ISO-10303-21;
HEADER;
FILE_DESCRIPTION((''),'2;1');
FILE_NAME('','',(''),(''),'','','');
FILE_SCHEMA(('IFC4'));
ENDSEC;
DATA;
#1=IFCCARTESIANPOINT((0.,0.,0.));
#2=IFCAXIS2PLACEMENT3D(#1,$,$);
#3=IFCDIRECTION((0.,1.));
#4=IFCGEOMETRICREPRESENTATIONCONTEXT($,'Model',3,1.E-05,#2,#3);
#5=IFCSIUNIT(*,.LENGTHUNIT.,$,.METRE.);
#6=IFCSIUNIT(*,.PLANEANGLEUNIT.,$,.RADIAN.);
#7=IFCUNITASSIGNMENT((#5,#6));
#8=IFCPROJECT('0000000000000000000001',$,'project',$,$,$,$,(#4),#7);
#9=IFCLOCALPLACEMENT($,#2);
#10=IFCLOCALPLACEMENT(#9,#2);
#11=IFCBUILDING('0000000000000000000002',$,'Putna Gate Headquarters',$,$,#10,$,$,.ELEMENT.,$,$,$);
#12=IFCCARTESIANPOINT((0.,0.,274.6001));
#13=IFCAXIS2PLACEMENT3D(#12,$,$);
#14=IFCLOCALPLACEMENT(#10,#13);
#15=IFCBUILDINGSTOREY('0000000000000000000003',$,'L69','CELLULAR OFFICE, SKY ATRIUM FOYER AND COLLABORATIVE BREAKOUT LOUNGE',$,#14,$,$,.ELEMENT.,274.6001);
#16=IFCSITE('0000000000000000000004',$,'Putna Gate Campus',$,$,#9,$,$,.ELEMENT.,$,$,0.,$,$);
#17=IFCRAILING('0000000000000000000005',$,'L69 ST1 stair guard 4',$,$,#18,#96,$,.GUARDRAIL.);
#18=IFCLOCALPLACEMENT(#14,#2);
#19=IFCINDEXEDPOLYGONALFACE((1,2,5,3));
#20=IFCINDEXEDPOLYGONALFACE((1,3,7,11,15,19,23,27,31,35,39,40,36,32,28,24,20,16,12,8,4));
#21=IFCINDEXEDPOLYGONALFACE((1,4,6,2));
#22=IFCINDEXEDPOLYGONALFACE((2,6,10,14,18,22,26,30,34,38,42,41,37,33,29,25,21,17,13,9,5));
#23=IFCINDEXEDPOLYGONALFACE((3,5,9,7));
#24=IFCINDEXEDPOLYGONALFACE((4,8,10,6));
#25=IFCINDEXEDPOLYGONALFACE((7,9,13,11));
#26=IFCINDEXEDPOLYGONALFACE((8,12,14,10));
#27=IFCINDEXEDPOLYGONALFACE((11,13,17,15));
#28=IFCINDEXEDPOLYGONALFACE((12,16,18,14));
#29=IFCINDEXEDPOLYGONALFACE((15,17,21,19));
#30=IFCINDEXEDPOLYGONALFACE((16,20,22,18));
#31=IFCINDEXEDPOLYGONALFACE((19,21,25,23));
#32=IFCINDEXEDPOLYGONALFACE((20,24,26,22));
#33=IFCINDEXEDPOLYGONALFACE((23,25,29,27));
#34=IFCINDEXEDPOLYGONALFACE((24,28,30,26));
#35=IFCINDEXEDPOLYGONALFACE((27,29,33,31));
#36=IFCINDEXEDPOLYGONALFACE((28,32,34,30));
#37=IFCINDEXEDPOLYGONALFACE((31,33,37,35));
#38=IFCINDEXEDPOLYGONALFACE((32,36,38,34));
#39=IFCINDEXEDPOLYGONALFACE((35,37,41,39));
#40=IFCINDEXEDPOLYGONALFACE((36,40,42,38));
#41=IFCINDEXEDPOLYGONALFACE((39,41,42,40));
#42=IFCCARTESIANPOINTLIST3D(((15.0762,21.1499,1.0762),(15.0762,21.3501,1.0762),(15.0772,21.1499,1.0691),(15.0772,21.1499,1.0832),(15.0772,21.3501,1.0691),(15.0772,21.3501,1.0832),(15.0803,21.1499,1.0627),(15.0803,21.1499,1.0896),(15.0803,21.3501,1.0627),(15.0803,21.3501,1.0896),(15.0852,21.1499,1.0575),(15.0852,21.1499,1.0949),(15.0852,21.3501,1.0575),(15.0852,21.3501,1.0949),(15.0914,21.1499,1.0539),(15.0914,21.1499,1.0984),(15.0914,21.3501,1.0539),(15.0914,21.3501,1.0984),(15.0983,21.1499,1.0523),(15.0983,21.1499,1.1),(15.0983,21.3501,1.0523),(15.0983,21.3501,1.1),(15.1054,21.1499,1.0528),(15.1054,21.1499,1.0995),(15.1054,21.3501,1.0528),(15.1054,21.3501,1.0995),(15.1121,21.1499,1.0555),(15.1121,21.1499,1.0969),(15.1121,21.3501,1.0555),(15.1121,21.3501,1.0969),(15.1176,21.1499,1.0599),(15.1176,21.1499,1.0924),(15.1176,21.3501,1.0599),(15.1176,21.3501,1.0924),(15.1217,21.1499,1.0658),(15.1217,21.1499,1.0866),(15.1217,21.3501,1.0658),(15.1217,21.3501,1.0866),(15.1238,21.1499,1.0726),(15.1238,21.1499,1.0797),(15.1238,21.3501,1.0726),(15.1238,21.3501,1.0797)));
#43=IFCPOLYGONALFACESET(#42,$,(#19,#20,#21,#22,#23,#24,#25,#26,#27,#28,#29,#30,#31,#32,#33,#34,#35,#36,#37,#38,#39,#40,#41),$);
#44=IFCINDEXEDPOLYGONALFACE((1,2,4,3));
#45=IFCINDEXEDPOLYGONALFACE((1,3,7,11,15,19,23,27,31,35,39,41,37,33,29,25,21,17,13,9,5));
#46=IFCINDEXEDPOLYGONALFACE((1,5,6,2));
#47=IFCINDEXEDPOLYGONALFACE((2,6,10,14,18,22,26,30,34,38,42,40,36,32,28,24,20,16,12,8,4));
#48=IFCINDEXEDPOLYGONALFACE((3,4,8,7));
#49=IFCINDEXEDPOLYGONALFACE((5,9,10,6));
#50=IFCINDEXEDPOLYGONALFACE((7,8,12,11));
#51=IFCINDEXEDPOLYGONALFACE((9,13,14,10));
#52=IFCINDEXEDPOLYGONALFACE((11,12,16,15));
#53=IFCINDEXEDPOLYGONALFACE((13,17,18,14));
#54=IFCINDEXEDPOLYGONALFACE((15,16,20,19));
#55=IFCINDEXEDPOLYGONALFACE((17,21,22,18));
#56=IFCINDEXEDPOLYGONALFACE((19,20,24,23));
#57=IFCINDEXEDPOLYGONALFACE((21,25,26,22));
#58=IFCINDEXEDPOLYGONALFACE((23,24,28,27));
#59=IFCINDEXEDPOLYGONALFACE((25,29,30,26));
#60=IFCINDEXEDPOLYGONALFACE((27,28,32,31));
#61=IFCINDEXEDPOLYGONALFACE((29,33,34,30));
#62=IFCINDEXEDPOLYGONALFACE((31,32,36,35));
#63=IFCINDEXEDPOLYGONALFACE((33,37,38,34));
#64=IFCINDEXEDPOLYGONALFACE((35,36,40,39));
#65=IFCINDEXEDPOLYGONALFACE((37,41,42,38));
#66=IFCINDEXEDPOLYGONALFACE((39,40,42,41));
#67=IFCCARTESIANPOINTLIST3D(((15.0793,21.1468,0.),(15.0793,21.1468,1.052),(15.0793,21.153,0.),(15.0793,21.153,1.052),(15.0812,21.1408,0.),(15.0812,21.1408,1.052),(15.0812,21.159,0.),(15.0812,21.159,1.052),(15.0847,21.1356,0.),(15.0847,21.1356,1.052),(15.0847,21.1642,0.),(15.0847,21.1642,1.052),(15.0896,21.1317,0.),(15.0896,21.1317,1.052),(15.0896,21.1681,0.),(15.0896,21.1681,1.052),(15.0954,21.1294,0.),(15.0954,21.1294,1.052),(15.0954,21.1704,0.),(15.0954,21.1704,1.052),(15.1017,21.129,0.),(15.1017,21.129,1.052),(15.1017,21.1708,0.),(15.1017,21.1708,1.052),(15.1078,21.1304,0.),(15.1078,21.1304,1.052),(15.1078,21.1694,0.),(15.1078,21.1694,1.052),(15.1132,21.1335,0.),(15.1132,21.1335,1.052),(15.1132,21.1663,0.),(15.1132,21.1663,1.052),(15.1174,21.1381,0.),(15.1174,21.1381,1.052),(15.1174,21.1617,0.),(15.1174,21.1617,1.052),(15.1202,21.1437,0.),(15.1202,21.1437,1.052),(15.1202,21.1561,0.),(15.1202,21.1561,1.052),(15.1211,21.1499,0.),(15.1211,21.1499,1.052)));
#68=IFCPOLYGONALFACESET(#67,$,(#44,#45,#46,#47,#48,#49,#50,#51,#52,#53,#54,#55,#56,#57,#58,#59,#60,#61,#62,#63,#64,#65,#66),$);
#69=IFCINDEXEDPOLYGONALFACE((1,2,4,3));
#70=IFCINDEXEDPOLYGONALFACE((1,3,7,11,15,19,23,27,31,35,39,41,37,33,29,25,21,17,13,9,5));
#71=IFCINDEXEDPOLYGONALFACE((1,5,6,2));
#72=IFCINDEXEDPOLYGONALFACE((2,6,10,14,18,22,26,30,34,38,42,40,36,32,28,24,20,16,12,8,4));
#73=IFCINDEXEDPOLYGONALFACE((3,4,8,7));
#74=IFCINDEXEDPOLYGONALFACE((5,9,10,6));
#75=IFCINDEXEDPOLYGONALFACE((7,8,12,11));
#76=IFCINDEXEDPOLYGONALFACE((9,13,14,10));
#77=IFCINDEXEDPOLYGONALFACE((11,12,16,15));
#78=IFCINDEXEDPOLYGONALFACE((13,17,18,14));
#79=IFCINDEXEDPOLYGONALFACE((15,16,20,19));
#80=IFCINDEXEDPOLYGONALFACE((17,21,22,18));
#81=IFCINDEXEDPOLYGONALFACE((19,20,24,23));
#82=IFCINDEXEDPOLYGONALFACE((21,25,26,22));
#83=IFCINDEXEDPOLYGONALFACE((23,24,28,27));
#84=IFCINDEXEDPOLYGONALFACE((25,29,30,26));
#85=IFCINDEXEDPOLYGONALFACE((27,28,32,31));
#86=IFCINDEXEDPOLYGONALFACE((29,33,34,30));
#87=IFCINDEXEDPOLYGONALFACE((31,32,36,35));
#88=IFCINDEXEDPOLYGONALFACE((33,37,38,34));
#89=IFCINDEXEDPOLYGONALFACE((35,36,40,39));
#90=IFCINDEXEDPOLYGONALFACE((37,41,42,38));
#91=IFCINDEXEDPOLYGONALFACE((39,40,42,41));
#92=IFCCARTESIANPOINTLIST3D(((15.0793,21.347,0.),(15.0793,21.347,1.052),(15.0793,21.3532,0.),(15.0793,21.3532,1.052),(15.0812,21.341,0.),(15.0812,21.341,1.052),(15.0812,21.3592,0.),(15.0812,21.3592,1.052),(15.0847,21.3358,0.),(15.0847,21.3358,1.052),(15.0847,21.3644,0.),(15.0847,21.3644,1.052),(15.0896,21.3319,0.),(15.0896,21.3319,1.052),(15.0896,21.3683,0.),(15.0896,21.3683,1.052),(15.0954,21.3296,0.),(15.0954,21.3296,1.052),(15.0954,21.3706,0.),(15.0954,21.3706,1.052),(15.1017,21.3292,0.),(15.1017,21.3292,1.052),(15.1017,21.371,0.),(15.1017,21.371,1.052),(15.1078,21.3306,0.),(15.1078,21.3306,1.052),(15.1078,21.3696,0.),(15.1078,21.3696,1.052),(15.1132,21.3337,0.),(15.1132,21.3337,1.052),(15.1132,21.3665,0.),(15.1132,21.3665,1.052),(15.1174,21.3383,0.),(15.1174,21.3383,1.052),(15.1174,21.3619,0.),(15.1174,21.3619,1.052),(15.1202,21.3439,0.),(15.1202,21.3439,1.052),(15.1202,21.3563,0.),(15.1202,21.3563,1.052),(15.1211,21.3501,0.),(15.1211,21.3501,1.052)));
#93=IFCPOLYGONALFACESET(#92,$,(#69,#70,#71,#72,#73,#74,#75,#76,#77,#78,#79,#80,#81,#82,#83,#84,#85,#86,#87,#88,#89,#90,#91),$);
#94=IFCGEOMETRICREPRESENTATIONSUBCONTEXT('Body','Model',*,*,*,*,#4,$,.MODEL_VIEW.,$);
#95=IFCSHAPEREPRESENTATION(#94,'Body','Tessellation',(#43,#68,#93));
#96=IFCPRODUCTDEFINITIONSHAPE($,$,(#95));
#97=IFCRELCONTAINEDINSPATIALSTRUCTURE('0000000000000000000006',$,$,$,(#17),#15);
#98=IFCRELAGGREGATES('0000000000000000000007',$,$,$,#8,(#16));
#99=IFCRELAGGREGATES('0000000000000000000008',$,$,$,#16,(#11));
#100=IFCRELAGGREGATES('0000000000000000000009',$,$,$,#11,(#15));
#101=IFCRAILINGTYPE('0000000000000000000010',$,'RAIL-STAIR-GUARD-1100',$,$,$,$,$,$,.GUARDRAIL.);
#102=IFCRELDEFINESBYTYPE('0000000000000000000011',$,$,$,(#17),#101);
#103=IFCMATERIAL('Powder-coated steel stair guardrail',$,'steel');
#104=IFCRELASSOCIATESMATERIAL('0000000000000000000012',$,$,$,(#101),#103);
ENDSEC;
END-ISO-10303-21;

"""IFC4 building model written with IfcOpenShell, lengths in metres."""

from ifc_helpers import new_model, si_unit, direction, frame, origin, origin_2d, place, context, subcontext, project, spatial, circle, extrude, material, type_object, element, save


model = new_model("IFC4")

# Units and contexts
model_context = context("Model", 3, precision=1e-05, world=origin(), true_north=direction((0.0, 1.0)))
body_context = subcontext(model_context, "Body", "Model", "MODEL_VIEW")
ifc_project = project(units=[si_unit("LENGTHUNIT", "METRE"), si_unit("PLANEANGLEUNIT", "RADIAN")], contexts=[model_context])

# Site, building, storey
site_placement = place(None, origin())
site = spatial("IfcSite", under=ifc_project, at=site_placement, Name="Putna Gate Campus", CompositionType="ELEMENT", RefElevation=0.0)
building_placement = place(site_placement, origin())
building = spatial("IfcBuilding", under=site, at=building_placement, Name="Putna Gate Headquarters", CompositionType="ELEMENT")
storey_placement = place(building_placement, frame((0.0, 0.0, 274.6001)))
storey = spatial("IfcBuildingStorey", under=building, at=storey_placement, Name="L69", Description="CELLULAR OFFICE, SKY ATRIUM FOYER AND COLLABORATIVE BREAKOUT LOUNGE", CompositionType="ELEMENT", Elevation=274.6001)

# Railing
ifc_material_1 = material(Name="Powder-coated steel stair guardrail", Category="steel")
railing_type_1 = type_object("IfcRailingType", Name="RAIL-STAIR-GUARD-1100", PredefinedType="GUARDRAIL", material=ifc_material_1)
railing_1_placement = place(storey_placement, frame((15.1001, 21.1499, 0.0)))
element("IfcRailing", 1, at=railing_1_placement, inside=storey, type_object=railing_type_1, Name="L69 ST1 stair guard 4", PredefinedType="GUARDRAIL", context=body_context, shape_type="SweptSolid", body=[
    extrude(circle(Radius=0.0239, at=origin_2d()), frame((0.0, 0.0, 1.0762), z_axis=(0.0, 1.0, 0.0), x_axis=(-1.0, 0.0, 0.0)), (0.0, 0.0, 1.0), 0.2002),
    extrude(circle(Radius=0.021, at=origin_2d()), origin(), (0.0, 0.0, 1.0), 1.052),
    extrude(circle(Radius=0.021, at=origin_2d()), frame((0.0, 0.2002, 0.0)), (0.0, 0.0, 1.0), 1.052),
])

save(model, "model.ifc")
